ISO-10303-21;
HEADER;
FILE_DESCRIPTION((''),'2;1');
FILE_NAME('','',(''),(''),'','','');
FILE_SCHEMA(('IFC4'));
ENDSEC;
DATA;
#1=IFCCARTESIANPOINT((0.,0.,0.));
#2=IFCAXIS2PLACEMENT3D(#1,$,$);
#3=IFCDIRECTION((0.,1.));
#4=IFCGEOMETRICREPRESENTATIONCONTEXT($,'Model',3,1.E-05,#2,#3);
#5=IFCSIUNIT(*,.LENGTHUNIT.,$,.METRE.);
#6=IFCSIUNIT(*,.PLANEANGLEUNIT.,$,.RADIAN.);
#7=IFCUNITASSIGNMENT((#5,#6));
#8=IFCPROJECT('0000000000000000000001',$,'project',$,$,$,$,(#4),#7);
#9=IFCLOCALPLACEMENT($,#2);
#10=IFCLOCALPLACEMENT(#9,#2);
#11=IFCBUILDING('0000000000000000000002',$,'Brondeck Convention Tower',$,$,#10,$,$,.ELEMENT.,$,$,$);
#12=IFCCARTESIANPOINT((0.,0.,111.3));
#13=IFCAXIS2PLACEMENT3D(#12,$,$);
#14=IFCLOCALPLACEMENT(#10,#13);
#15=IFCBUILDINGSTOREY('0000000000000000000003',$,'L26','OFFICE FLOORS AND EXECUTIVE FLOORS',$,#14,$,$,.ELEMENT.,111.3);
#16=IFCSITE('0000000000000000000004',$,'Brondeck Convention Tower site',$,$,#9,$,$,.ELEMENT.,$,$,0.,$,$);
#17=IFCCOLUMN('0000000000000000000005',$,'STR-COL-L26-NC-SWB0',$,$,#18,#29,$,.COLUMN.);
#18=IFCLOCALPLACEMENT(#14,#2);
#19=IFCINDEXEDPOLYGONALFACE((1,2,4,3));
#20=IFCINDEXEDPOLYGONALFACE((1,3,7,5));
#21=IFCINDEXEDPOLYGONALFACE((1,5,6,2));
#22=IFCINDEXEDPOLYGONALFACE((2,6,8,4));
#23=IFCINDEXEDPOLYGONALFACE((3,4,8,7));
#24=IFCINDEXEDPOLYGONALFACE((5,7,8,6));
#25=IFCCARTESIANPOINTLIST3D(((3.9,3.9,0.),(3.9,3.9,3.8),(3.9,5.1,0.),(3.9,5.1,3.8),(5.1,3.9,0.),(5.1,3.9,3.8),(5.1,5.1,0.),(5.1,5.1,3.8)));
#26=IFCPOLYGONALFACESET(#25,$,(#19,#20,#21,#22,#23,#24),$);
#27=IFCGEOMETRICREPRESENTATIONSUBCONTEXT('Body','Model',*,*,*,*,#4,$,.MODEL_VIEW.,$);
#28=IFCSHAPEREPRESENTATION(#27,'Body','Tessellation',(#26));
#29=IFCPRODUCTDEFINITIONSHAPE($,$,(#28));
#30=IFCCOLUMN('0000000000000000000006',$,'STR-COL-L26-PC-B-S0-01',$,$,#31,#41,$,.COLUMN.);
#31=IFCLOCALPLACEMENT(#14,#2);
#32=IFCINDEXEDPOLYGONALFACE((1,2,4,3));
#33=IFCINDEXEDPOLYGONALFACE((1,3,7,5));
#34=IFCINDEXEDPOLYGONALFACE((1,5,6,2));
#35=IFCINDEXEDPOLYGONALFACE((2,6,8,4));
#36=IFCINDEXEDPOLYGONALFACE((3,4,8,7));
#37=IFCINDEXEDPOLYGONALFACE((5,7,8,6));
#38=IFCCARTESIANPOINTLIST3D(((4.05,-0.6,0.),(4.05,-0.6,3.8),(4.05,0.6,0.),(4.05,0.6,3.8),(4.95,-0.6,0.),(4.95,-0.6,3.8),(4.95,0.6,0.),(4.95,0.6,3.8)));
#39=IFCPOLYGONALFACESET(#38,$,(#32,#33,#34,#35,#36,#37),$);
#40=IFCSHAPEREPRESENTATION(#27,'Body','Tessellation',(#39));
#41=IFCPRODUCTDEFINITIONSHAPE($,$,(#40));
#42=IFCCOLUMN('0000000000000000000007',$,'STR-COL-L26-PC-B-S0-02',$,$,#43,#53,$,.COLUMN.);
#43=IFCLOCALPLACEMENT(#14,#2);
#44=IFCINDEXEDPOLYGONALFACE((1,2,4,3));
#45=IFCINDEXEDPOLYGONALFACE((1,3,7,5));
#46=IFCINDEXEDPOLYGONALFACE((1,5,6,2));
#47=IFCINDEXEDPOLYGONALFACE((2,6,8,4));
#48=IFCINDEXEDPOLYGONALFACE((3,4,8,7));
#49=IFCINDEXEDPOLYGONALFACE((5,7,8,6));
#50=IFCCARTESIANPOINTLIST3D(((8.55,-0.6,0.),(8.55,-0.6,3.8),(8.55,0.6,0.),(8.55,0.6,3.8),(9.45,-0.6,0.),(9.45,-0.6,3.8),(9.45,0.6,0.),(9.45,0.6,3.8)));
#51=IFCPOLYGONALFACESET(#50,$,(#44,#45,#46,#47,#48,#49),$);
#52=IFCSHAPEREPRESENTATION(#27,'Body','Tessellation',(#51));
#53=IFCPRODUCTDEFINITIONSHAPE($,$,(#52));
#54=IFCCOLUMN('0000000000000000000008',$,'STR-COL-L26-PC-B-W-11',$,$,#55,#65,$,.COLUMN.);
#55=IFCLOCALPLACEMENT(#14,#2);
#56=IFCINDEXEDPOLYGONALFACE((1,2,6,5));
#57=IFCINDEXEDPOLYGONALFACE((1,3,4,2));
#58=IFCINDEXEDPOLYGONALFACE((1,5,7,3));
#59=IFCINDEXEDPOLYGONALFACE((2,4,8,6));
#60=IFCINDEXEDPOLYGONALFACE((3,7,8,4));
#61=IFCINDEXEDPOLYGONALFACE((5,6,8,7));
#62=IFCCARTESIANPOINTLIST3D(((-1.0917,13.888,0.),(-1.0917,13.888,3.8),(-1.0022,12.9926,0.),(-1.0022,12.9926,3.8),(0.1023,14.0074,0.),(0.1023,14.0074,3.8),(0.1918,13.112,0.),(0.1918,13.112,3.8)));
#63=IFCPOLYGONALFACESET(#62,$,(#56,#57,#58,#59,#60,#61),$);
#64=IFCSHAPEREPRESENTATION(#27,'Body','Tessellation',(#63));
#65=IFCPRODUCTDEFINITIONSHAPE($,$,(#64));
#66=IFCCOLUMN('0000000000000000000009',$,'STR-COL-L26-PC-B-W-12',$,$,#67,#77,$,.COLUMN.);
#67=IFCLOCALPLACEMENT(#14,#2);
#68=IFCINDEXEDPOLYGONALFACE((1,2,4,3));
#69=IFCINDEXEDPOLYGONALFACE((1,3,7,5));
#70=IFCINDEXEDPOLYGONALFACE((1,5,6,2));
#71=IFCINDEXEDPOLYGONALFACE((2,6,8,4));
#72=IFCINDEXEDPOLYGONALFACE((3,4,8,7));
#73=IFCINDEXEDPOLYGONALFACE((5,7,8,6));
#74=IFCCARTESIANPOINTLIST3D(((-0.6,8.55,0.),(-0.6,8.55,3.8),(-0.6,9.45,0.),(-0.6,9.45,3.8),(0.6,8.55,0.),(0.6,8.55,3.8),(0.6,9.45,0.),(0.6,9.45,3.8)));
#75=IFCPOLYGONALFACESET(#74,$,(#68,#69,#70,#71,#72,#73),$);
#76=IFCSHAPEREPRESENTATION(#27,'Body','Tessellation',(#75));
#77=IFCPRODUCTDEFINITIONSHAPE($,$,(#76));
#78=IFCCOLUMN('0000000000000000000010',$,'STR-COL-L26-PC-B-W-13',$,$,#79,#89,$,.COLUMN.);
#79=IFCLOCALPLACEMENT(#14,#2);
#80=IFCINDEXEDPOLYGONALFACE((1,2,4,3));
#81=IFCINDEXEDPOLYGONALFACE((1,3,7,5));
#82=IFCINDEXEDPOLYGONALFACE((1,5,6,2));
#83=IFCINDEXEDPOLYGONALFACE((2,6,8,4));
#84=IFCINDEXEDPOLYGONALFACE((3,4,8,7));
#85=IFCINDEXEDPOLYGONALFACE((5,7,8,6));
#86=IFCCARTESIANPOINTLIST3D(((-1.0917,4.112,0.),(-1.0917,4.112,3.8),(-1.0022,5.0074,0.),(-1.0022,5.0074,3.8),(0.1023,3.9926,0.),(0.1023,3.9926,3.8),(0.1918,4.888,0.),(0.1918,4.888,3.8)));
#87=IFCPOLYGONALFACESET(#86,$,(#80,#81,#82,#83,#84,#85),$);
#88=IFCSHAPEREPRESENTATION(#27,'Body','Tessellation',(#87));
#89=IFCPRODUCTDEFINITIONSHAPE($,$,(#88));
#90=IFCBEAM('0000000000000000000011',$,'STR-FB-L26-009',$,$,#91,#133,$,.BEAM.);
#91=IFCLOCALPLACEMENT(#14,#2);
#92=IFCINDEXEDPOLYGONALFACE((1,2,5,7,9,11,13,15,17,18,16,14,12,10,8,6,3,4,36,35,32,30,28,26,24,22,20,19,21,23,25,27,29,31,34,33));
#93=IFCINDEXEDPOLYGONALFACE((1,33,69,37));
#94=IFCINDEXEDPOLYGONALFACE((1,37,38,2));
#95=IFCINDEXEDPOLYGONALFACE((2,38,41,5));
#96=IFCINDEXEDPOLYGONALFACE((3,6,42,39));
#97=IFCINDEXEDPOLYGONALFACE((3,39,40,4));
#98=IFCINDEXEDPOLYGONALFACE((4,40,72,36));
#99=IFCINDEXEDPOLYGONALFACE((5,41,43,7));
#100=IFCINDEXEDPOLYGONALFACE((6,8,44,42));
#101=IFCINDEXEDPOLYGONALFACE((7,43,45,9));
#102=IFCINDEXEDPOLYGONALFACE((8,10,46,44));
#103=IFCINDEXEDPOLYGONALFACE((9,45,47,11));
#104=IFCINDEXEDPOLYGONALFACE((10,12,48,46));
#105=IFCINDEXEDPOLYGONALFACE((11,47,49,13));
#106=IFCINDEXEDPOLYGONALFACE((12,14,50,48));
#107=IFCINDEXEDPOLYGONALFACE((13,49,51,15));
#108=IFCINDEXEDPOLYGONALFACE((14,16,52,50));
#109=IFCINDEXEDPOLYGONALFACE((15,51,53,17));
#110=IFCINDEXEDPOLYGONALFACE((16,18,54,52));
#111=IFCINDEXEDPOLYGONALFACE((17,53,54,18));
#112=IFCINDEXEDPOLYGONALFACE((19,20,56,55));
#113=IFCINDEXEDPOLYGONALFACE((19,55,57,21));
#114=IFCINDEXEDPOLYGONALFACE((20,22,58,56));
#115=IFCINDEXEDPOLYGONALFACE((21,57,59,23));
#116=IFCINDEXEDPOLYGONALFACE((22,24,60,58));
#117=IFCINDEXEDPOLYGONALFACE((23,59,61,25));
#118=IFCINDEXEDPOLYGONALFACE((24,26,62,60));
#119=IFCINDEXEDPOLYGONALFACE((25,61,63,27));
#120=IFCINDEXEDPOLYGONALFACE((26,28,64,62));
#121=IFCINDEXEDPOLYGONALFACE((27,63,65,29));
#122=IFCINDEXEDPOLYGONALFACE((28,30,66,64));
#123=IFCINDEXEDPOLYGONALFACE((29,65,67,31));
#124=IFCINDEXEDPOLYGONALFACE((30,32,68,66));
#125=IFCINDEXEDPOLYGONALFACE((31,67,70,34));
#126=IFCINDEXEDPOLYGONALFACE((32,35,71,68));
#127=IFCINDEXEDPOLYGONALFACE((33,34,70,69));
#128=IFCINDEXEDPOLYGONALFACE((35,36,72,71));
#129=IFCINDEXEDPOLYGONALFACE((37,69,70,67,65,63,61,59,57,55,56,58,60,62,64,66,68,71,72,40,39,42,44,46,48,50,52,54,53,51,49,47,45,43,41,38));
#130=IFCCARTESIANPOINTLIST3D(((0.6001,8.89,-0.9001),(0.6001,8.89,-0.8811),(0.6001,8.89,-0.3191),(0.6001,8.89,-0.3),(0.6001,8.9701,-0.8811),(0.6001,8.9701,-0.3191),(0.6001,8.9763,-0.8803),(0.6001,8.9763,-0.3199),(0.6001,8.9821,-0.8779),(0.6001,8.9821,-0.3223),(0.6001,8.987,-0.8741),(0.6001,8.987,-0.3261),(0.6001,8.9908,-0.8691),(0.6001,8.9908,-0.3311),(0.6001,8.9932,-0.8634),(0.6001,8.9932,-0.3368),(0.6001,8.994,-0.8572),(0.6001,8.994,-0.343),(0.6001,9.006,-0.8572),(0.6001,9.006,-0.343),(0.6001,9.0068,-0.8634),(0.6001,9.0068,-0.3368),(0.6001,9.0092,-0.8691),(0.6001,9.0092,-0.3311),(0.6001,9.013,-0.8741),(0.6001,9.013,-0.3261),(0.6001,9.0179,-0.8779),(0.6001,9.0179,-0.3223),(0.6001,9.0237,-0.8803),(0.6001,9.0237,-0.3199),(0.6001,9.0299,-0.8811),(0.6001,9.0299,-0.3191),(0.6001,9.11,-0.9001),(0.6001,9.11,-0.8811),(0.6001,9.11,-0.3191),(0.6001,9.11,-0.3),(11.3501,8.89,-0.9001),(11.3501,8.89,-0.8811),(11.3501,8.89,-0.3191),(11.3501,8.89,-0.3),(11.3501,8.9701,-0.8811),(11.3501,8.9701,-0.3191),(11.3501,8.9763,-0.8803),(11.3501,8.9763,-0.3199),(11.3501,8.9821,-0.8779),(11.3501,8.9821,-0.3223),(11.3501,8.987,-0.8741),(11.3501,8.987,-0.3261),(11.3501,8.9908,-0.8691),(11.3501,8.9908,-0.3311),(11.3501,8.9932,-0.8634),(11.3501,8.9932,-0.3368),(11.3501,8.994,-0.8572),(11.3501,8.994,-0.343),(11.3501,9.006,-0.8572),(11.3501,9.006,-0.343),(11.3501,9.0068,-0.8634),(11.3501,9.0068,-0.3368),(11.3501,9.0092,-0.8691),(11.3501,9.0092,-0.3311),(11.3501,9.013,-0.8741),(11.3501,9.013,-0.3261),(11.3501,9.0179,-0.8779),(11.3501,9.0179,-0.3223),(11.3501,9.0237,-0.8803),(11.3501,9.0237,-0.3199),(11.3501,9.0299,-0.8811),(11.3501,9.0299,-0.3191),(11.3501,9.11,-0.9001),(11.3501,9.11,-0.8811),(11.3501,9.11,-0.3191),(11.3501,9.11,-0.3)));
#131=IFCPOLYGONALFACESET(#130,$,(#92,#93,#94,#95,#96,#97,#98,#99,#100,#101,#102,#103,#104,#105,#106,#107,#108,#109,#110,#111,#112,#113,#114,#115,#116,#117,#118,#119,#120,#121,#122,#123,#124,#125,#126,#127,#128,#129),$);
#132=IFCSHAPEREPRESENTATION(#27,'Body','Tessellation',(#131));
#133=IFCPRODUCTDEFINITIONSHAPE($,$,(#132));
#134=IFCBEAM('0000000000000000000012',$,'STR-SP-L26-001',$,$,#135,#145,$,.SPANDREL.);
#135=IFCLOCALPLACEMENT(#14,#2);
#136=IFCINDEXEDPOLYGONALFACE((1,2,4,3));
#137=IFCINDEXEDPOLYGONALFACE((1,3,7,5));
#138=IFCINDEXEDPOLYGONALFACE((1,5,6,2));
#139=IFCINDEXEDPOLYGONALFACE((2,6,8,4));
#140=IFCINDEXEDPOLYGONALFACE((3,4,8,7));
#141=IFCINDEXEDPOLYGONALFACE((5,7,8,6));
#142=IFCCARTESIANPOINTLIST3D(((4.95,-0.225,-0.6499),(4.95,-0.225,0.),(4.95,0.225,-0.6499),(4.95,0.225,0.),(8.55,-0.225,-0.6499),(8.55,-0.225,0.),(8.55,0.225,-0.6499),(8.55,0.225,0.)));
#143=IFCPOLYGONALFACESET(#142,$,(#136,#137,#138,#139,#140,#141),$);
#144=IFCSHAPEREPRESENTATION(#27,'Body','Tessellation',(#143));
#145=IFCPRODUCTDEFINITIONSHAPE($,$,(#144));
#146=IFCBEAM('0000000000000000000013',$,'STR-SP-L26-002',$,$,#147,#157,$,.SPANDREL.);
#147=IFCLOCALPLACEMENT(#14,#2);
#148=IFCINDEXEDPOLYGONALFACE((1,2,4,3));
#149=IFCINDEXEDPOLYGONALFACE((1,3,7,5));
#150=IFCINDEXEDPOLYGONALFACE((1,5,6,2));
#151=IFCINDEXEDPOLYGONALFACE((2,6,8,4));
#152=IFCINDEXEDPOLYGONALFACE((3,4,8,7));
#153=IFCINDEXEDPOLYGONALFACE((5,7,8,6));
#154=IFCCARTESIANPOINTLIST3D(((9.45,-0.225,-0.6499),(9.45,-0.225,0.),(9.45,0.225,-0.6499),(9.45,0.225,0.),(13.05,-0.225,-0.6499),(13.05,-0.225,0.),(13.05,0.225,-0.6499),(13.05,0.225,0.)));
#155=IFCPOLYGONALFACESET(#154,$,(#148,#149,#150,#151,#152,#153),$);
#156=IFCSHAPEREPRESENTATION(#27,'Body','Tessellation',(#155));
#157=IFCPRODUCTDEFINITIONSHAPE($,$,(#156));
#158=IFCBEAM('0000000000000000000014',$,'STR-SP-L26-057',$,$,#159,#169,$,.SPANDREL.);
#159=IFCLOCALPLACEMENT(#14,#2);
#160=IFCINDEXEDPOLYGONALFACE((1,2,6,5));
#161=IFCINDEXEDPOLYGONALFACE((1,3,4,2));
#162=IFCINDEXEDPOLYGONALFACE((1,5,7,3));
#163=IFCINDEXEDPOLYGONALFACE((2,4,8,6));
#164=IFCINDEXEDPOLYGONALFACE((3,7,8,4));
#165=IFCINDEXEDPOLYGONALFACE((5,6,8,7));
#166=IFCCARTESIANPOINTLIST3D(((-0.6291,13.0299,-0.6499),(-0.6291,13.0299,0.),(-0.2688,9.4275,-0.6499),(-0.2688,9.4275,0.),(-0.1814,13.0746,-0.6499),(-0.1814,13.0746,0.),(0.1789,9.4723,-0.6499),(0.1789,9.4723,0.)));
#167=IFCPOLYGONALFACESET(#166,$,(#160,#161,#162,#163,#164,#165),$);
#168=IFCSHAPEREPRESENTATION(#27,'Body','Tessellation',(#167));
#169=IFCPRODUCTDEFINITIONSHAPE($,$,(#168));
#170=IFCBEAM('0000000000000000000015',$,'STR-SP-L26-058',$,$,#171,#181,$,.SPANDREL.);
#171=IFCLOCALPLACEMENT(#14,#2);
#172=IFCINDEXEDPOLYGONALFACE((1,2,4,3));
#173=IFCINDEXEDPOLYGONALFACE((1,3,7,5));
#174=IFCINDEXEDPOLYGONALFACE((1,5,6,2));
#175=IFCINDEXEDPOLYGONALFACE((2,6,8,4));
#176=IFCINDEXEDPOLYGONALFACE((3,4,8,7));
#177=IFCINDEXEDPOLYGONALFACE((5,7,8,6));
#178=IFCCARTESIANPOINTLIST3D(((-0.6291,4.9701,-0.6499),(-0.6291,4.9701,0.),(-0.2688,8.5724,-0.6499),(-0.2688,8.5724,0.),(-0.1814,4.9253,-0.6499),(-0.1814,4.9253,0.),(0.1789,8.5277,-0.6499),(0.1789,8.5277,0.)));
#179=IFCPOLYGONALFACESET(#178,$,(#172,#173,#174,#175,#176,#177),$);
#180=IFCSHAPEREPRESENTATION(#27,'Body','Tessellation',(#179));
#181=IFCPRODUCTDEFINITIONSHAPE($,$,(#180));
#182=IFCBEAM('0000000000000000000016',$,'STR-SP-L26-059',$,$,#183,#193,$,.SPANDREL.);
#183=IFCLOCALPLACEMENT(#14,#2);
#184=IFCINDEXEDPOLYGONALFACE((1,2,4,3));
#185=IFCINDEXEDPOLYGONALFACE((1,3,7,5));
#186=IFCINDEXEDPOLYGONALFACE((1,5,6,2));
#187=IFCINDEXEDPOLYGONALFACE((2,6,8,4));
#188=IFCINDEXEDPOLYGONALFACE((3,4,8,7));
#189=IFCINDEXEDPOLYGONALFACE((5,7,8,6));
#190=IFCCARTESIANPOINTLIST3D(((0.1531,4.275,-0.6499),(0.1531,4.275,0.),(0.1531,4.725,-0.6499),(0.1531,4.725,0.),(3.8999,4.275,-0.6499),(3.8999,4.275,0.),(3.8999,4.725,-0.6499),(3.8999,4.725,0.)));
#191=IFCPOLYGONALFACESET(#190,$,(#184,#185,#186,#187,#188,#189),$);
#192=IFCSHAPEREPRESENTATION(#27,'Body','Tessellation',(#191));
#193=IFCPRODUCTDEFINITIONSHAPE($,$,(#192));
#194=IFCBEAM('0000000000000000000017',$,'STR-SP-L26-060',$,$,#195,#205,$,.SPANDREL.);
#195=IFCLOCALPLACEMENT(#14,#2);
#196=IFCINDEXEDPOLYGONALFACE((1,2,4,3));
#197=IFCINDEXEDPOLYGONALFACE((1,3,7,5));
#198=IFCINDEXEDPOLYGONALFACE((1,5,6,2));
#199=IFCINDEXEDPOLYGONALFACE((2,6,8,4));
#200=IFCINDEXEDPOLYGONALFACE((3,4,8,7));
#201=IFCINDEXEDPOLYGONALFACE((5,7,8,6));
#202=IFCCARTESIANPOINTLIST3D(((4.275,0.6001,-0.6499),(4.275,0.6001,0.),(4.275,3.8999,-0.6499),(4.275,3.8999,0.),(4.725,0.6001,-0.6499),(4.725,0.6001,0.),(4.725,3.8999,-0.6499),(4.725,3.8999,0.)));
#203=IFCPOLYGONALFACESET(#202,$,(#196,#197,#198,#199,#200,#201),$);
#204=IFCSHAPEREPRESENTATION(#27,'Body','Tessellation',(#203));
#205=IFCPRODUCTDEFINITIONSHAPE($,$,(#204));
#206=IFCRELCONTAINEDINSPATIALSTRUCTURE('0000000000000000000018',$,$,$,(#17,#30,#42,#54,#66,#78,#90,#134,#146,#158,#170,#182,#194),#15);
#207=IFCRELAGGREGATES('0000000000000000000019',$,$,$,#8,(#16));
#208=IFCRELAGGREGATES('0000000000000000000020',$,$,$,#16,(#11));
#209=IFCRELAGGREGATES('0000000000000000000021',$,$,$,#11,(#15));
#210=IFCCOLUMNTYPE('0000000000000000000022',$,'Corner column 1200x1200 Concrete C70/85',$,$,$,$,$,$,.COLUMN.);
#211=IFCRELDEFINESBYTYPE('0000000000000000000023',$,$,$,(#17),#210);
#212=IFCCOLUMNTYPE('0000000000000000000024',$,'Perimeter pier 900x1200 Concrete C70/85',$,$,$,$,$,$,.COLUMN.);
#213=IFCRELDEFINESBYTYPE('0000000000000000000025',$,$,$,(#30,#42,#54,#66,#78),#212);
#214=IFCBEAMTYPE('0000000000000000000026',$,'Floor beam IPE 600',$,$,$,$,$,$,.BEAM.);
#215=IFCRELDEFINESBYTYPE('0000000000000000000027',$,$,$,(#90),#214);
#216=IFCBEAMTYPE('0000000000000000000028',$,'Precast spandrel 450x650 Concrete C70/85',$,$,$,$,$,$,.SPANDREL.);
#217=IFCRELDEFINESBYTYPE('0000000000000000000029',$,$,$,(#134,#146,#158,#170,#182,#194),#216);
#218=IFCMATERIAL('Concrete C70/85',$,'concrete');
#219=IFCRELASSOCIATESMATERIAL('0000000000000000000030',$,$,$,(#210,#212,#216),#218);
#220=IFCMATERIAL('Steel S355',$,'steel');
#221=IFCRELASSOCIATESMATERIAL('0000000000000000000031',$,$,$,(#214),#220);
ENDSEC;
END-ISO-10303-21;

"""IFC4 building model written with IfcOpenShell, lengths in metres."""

from ifc_helpers import new_model, si_unit, direction, frame, origin, origin_2d, place, context, subcontext, project, spatial, rectangle, i_section, extrude, material, material_profile, profile_set, type_object, element, save


model = new_model("IFC4")

# Units and contexts
model_context = context("Model", 3, precision=1e-05, world=origin(), true_north=direction((0.0, 1.0)))
body_context = subcontext(model_context, "Body", "Model", "MODEL_VIEW")
ifc_project = project(units=[si_unit("LENGTHUNIT", "METRE"), si_unit("PLANEANGLEUNIT", "RADIAN")], contexts=[model_context])

# Site, building, storey
site_placement = place(None, origin())
site = spatial("IfcSite", under=ifc_project, at=site_placement, Name="Brondeck Convention Tower site", CompositionType="ELEMENT", RefElevation=0.0)
building_placement = place(site_placement, origin())
building = spatial("IfcBuilding", under=site, at=building_placement, Name="Brondeck Convention Tower", CompositionType="ELEMENT")
storey_placement = place(building_placement, frame((0.0, 0.0, 111.3)))
storey = spatial("IfcBuildingStorey", under=building, at=storey_placement, Name="L26", Description="OFFICE FLOORS AND EXECUTIVE FLOORS", CompositionType="ELEMENT", Elevation=111.3)

# Columns
ifc_material_1 = material(Name="Concrete C70/85", Category="concrete")
ifc_material_profile_1 = material_profile(ifc_material_1, rectangle(XDim=1.2, YDim=1.2, at=origin_2d()), Name="Corner column 1200x1200 Concrete C70/85")
ifc_profile_set_1 = profile_set([ifc_material_profile_1], Name="Concrete C70/85")
column_type_1 = type_object("IfcColumnType", Name="Corner column 1200x1200 Concrete C70/85", PredefinedType="COLUMN", material=ifc_profile_set_1)
column_placement = place(storey_placement, frame((4.5, 4.5, 0.0), z_axis=(0.0, 0.0, 1.0), x_axis=(1.0, 0.0, 0.0)))
element("IfcColumn", 1, at=column_placement, inside=storey, type_object=column_type_1, Name="STR-COL-L26-NC-SWB0", PredefinedType="COLUMN", context=body_context, shape_type="SweptSolid", body=[
    extrude(rectangle(XDim=1.2, YDim=1.2, at=origin_2d()), origin(), (0.0, 0.0, 1.0), 3.8),
])
ifc_material_profile_2 = material_profile(ifc_material_1, rectangle(XDim=0.8999, YDim=1.2, at=origin_2d()), Name="Perimeter pier 900x1200 Concrete C70/85")
ifc_profile_set_2 = profile_set([ifc_material_profile_2], Name="Concrete C70/85")
column_type_2 = type_object("IfcColumnType", Name="Perimeter pier 900x1200 Concrete C70/85", PredefinedType="COLUMN", material=ifc_profile_set_2)
for number, where, z_axis, x_axis, name in (
    (2, (4.5, 0.0, 0.0), (0.0, 0.0, 1.0), (1.0, 0.0, 0.0), "STR-COL-L26-PC-B-S0-01"),
    (3, (9.0, 0.0, 0.0), (0.0, 0.0, 1.0), (1.0, 0.0, 0.0), "STR-COL-L26-PC-B-S0-02"),
    (4, (-0.45, 13.5, 0.0), (0.0, 0.0, 1.0), (0.099504, -0.995037, 0.0), "STR-COL-L26-PC-B-W-11"),
    (5, (0.0, 9.0, 0.0), (0.0, 0.0, 1.0), (0.0, -1.0, 0.0), "STR-COL-L26-PC-B-W-12"),
    (6, (-0.45, 4.5, 0.0), (0.0, 0.0, 1.0), (-0.099504, -0.995037, 0.0), "STR-COL-L26-PC-B-W-13"),
):
    element("IfcColumn", number, at=place(storey_placement, frame(where, z_axis=z_axis, x_axis=x_axis)), inside=storey, type_object=column_type_2, Name=name, PredefinedType="COLUMN", context=body_context, shape_type="SweptSolid", body=[
        extrude(rectangle(XDim=0.8999, YDim=1.2, at=origin_2d()), origin(), (0.0, 0.0, 1.0), 3.8),
    ])

# Beams
ifc_material_2 = material(Name="Steel S355", Category="steel")
ifc_material_profile_3 = material_profile(ifc_material_2, i_section(OverallWidth=0.22, OverallDepth=0.6001, WebThickness=0.012, FlangeThickness=0.019, FilletRadius=0.0239, at=origin_2d()), Name="IPE 600")
ifc_profile_set_3 = profile_set([ifc_material_profile_3], Name="Steel S355")
beam_type_1 = type_object("IfcBeamType", Name="Floor beam IPE 600", PredefinedType="BEAM", material=ifc_profile_set_3)
beam_1_placement = place(storey_placement, frame((0.6001, 9.0, -0.6001), z_axis=(1.0, 0.0, 0.0), x_axis=(0.0, 1.0, 0.0)))
element("IfcBeam", 7, at=beam_1_placement, inside=storey, type_object=beam_type_1, Name="STR-FB-L26-009", PredefinedType="BEAM", context=body_context, shape_type="SweptSolid", body=[
    extrude(i_section(OverallWidth=0.22, OverallDepth=0.6001, WebThickness=0.012, FlangeThickness=0.019, FilletRadius=0.0239, at=origin_2d()), origin(), (0.0, 0.0, 1.0), 10.75),
])
ifc_material_profile_4 = material_profile(ifc_material_1, rectangle(XDim=0.45, YDim=0.6499, at=origin_2d()), Name="Precast spandrel 450x650 Concrete C70/85")
ifc_profile_set_4 = profile_set([ifc_material_profile_4], Name="Concrete C70/85")
beam_type_2 = type_object("IfcBeamType", Name="Precast spandrel 450x650 Concrete C70/85", PredefinedType="SPANDREL", material=ifc_profile_set_4)
for number, where, z_axis, x_axis, name in (
    (8, (4.95, 0.0, -0.325), (1.0, 0.0, 0.0), (0.0, 1.0, 0.0), "STR-SP-L26-001"),
    (9, (9.45, 0.0, -0.325), (1.0, 0.0, 0.0), (0.0, 1.0, 0.0), "STR-SP-L26-002"),
):
    element("IfcBeam", number, at=place(storey_placement, frame(where, z_axis=z_axis, x_axis=x_axis)), inside=storey, type_object=beam_type_2, Name=name, PredefinedType="SPANDREL", context=body_context, shape_type="SweptSolid", body=[
        extrude(rectangle(XDim=0.45, YDim=0.6499, at=origin_2d()), origin(), (0.0, 0.0, 1.0), 3.6001),
    ])
for number, where, z_axis, x_axis, name in (
    (10, (-0.4053, 13.0522, -0.325), (0.099537, -0.995034, 0.0), (0.995034, 0.099537, 0.0), "STR-SP-L26-057"),
    (11, (-0.0449, 8.55, -0.325), (-0.099537, -0.995034, 0.0), (0.995034, -0.099537, 0.0), "STR-SP-L26-058"),
):
    element("IfcBeam", number, at=place(storey_placement, frame(where, z_axis=z_axis, x_axis=x_axis)), inside=storey, type_object=beam_type_2, Name=name, PredefinedType="SPANDREL", context=body_context, shape_type="SweptSolid", body=[
        extrude(rectangle(XDim=0.45, YDim=0.6499, at=origin_2d()), origin(), (0.0, 0.0, 1.0), 3.6204),
    ])
beam_2_placement = place(storey_placement, frame((0.1531, 4.5, -0.325), z_axis=(1.0, 0.0, 0.0), x_axis=(0.0, 1.0, 0.0)))
element("IfcBeam", 12, at=beam_2_placement, inside=storey, type_object=beam_type_2, Name="STR-SP-L26-059", PredefinedType="SPANDREL", context=body_context, shape_type="SweptSolid", body=[
    extrude(rectangle(XDim=0.45, YDim=0.6499, at=origin_2d()), origin(), (0.0, 0.0, 1.0), 3.7468),
])
beam_3_placement = place(storey_placement, frame((4.5, 3.8999, -0.325), z_axis=(0.0, -1.0, 0.0), x_axis=(1.0, 0.0, 0.0)))
element("IfcBeam", 13, at=beam_3_placement, inside=storey, type_object=beam_type_2, Name="STR-SP-L26-060", PredefinedType="SPANDREL", context=body_context, shape_type="SweptSolid", body=[
    extrude(rectangle(XDim=0.45, YDim=0.6499, at=origin_2d()), origin(), (0.0, 0.0, 1.0), 3.2998),
])

save(model, "model.ifc")
